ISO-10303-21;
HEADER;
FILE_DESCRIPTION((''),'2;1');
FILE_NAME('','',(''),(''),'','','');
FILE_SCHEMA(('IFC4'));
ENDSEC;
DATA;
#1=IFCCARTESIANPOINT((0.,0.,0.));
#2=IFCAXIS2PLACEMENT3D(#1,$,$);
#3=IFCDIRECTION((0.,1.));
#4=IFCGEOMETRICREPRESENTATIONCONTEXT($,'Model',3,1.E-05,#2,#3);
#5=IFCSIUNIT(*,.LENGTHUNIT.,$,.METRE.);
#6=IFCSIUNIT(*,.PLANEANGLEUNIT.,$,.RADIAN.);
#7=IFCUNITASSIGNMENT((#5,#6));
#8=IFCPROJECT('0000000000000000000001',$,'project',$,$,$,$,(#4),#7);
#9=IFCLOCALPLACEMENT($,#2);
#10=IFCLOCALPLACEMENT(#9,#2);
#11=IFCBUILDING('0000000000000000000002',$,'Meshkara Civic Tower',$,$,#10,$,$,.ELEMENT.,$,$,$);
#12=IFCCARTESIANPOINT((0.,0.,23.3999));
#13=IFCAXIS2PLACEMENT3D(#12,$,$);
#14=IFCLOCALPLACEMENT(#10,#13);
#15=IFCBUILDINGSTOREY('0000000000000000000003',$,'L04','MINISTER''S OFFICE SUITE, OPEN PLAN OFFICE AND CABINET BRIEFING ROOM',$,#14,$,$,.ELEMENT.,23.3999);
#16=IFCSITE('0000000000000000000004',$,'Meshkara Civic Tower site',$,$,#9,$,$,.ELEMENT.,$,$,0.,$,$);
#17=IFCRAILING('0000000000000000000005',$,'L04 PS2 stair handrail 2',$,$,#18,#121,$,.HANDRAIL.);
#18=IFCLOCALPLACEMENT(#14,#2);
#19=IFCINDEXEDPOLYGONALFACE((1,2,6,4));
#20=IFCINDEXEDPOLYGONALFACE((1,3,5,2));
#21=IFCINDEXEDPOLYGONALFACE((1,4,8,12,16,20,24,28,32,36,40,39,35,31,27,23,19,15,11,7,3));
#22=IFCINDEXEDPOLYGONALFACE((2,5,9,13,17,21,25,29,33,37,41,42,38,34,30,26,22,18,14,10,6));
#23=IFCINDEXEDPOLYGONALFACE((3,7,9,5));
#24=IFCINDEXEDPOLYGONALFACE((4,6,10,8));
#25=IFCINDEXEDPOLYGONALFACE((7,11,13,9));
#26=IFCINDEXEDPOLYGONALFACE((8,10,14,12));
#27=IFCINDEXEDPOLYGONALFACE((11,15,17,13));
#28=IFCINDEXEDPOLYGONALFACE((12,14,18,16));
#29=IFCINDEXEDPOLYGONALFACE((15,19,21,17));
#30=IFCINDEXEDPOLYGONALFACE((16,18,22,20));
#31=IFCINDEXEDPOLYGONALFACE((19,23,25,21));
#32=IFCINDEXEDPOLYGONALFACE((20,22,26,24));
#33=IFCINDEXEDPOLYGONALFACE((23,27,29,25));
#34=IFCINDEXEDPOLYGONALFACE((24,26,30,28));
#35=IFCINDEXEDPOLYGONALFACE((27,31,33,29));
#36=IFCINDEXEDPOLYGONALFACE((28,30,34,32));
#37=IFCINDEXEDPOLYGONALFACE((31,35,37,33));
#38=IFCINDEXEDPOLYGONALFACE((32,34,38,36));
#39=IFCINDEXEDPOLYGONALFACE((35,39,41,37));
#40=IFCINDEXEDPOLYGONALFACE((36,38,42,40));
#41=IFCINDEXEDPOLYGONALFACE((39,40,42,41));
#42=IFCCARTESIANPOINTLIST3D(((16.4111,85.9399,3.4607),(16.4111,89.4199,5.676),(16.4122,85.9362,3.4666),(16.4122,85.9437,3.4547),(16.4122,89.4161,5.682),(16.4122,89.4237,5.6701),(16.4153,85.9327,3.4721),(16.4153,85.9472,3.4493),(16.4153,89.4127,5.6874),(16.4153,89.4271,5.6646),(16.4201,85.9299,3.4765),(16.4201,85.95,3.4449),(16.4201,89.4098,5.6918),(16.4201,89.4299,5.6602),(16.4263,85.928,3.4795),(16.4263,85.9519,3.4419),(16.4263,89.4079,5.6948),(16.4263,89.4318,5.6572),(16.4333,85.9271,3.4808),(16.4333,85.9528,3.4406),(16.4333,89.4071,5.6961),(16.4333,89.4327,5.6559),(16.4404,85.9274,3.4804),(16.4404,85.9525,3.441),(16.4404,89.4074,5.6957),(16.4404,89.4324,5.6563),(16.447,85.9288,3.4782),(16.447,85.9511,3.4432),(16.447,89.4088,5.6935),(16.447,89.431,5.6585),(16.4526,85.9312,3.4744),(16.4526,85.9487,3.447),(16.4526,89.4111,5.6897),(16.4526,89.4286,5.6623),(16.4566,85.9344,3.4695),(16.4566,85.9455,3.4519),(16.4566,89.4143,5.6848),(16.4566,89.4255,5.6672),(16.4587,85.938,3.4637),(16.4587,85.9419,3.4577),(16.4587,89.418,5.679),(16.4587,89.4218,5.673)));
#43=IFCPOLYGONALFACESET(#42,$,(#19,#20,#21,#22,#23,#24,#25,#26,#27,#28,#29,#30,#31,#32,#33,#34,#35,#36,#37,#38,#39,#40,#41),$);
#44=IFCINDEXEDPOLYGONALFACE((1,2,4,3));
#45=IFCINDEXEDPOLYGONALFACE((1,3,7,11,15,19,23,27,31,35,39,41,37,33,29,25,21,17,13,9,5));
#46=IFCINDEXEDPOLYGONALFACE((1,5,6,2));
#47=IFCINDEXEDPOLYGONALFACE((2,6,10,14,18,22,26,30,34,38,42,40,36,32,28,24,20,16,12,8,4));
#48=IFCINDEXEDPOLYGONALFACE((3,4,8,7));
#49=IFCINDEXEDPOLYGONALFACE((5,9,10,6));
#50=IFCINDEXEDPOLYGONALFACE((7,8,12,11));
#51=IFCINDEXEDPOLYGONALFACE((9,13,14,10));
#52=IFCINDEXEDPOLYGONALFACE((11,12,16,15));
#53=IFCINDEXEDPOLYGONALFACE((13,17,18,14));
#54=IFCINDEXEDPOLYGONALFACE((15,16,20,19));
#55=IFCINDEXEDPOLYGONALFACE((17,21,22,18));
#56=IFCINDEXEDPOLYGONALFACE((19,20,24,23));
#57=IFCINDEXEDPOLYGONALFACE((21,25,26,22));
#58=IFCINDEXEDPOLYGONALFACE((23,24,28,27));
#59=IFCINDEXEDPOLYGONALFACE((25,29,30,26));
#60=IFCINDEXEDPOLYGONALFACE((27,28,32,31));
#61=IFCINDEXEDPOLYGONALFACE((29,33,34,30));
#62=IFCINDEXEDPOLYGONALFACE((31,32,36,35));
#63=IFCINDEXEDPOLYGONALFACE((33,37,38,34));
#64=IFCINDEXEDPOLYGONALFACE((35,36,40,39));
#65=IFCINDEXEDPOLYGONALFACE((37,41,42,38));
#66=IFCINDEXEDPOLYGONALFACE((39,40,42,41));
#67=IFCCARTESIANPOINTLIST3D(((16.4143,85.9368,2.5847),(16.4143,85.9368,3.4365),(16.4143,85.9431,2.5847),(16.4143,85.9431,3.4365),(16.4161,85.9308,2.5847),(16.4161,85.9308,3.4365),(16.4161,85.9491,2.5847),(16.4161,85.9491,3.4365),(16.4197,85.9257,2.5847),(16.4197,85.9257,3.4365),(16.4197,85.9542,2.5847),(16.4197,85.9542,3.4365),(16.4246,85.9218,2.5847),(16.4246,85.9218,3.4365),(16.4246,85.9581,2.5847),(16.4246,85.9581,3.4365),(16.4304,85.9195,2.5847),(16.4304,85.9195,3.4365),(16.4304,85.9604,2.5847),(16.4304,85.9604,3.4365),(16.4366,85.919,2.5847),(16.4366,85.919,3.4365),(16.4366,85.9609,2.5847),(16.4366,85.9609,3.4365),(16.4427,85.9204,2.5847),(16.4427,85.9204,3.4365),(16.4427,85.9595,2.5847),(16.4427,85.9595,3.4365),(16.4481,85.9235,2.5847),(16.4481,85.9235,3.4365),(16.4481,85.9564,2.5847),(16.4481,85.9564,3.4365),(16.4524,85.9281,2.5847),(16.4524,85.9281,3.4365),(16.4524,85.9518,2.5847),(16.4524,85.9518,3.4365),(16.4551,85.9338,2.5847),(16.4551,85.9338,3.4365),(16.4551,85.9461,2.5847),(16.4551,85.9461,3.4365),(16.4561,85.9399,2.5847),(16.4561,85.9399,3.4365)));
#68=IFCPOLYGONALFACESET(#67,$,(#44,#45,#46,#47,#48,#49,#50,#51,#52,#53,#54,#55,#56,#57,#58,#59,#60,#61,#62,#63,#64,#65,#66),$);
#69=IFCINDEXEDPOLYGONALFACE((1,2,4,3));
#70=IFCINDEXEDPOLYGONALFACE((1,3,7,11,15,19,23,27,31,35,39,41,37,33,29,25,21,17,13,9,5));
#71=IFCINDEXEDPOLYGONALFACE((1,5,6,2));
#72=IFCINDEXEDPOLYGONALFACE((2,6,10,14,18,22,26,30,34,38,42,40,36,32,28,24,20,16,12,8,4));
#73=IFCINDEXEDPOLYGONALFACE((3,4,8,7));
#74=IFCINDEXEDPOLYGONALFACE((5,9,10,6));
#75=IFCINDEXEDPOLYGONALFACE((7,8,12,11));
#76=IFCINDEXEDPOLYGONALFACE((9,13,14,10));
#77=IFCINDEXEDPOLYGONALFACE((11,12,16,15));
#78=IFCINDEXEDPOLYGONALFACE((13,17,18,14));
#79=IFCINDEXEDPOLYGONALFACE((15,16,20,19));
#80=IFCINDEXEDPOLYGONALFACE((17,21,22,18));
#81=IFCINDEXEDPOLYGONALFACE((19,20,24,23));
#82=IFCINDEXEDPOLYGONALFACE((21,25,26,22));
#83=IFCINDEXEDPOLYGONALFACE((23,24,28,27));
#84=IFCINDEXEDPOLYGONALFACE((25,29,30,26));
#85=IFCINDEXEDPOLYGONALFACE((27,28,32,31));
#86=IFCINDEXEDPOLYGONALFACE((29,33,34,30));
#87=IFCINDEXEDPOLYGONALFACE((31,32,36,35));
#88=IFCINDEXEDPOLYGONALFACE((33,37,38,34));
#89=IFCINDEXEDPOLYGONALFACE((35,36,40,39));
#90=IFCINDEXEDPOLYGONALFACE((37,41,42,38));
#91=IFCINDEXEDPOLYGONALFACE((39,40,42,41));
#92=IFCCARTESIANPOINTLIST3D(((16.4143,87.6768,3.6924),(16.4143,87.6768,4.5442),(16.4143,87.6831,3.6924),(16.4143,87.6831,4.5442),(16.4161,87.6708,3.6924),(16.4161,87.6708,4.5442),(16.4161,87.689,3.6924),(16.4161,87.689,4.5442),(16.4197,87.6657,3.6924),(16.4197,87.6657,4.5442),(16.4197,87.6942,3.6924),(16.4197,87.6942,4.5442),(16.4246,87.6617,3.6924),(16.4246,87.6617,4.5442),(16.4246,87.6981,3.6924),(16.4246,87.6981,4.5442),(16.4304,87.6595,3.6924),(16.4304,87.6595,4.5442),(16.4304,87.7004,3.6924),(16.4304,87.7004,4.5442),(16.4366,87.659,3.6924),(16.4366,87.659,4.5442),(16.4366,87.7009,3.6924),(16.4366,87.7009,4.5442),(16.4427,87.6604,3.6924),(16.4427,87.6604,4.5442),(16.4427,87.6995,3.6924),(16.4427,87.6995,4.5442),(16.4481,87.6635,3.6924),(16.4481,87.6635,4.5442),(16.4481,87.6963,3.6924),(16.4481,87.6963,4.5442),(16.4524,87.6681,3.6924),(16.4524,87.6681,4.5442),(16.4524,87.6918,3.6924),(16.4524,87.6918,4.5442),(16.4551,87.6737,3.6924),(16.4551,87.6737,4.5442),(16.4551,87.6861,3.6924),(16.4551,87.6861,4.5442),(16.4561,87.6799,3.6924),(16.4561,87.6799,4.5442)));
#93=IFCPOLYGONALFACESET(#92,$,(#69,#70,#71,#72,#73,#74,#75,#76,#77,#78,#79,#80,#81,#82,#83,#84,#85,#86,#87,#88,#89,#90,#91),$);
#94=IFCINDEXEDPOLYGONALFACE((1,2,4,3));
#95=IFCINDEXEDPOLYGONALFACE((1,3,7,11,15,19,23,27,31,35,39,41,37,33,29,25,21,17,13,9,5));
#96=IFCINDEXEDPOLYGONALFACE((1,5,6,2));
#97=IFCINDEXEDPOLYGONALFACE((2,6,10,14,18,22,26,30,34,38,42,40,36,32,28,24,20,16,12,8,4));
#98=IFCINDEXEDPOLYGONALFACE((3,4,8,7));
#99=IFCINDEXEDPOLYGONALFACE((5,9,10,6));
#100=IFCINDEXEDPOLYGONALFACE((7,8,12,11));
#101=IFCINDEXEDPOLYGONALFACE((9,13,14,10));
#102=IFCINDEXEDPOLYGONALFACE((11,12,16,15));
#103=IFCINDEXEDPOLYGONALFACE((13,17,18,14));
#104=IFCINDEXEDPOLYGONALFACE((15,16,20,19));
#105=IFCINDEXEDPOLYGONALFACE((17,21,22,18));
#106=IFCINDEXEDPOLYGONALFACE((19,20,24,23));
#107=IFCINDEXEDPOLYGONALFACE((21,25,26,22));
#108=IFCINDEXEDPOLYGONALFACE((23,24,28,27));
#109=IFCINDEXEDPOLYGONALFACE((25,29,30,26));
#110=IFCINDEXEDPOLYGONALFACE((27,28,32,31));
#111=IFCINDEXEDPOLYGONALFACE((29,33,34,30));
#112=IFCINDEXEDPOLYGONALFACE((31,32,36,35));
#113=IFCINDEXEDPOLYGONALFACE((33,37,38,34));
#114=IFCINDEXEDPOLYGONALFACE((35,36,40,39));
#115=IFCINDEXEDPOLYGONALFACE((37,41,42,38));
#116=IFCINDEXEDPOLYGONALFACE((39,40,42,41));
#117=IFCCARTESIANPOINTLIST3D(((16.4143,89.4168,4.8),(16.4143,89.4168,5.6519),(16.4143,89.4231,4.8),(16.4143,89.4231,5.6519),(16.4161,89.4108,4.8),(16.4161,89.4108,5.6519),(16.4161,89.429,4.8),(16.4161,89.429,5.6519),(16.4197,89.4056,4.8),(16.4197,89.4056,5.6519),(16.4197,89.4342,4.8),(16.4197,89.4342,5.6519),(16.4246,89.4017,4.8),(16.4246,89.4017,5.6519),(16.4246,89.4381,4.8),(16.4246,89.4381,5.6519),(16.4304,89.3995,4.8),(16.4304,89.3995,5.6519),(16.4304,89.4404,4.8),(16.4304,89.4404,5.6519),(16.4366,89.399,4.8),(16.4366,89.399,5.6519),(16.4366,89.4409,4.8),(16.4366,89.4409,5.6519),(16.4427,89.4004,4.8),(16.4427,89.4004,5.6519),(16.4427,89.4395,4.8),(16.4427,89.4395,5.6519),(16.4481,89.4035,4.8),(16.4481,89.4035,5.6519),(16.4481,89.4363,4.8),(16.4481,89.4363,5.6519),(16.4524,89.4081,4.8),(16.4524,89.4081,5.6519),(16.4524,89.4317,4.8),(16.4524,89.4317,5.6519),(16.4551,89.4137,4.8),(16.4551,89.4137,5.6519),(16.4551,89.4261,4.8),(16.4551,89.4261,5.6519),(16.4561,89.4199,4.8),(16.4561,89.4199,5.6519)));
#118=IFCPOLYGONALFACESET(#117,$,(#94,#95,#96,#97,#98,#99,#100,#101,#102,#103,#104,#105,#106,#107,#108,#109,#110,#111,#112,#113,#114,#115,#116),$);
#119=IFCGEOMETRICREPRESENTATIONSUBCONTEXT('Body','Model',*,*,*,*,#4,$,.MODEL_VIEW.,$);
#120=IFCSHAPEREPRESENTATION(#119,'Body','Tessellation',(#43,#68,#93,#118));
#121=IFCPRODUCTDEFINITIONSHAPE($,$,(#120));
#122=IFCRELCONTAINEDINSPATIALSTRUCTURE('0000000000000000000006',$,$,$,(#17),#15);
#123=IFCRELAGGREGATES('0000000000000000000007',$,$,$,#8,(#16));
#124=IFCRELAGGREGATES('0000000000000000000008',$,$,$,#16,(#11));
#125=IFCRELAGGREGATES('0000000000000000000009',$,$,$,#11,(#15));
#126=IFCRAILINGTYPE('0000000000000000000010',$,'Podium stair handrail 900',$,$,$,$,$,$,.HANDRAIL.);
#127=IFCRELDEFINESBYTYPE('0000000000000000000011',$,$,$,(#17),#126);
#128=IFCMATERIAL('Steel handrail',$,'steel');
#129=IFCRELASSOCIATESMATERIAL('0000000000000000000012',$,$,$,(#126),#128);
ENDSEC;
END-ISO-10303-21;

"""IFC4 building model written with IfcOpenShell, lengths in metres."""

from ifc_helpers import new_model, si_unit, direction, frame, origin, origin_2d, place, context, subcontext, project, spatial, circle, extrude, material, type_object, element, save


model = new_model("IFC4")

# Units and contexts
model_context = context("Model", 3, precision=1e-05, world=origin(), true_north=direction((0.0, 1.0)))
body_context = subcontext(model_context, "Body", "Model", "MODEL_VIEW")
ifc_project = project(units=[si_unit("LENGTHUNIT", "METRE"), si_unit("PLANEANGLEUNIT", "RADIAN")], contexts=[model_context])

# Site, building, storey
site_placement = place(None, origin())
site = spatial("IfcSite", under=ifc_project, at=site_placement, Name="Meshkara Civic Tower site", CompositionType="ELEMENT", RefElevation=0.0)
building_placement = place(site_placement, origin())
building = spatial("IfcBuilding", under=site, at=building_placement, Name="Meshkara Civic Tower", CompositionType="ELEMENT")
storey_placement = place(building_placement, frame((0.0, 0.0, 23.3999)))
storey = spatial("IfcBuildingStorey", under=building, at=storey_placement, Name="L04", Description="MINISTER'S OFFICE SUITE, OPEN PLAN OFFICE AND CABINET BRIEFING ROOM", CompositionType="ELEMENT", Elevation=23.3999)

# Railing
ifc_material_1 = material(Name="Steel handrail", Category="steel")
railing_type_1 = type_object("IfcRailingType", Name="Podium stair handrail 900", PredefinedType="HANDRAIL", material=ifc_material_1)
railing_1_placement = place(storey_placement, frame((16.4351, 85.9399, 2.5847)))
element("IfcRailing", 1, at=railing_1_placement, inside=storey, type_object=railing_type_1, Name="L04 PS2 stair handrail 2", PredefinedType="HANDRAIL", context=body_context, shape_type="SweptSolid", body=[
    extrude(circle(Radius=0.0239, at=origin_2d()), frame((0.0, 0.0, 0.876), z_axis=(0.0, 0.843574, 0.537013), x_axis=(-1.0, 0.0, 0.0)), (0.0, 0.0, 1.0), 4.1252),
    extrude(circle(Radius=0.021, at=origin_2d()), origin(), (0.0, 0.0, 1.0), 0.8518),
    extrude(circle(Radius=0.021, at=origin_2d()), frame((0.0, 1.74, 1.1077)), (0.0, 0.0, 1.0), 0.8518),
    extrude(circle(Radius=0.021, at=origin_2d()), frame((0.0, 3.48, 2.2153)), (0.0, 0.0, 1.0), 0.8518),
])

save(model, "model.ifc")
